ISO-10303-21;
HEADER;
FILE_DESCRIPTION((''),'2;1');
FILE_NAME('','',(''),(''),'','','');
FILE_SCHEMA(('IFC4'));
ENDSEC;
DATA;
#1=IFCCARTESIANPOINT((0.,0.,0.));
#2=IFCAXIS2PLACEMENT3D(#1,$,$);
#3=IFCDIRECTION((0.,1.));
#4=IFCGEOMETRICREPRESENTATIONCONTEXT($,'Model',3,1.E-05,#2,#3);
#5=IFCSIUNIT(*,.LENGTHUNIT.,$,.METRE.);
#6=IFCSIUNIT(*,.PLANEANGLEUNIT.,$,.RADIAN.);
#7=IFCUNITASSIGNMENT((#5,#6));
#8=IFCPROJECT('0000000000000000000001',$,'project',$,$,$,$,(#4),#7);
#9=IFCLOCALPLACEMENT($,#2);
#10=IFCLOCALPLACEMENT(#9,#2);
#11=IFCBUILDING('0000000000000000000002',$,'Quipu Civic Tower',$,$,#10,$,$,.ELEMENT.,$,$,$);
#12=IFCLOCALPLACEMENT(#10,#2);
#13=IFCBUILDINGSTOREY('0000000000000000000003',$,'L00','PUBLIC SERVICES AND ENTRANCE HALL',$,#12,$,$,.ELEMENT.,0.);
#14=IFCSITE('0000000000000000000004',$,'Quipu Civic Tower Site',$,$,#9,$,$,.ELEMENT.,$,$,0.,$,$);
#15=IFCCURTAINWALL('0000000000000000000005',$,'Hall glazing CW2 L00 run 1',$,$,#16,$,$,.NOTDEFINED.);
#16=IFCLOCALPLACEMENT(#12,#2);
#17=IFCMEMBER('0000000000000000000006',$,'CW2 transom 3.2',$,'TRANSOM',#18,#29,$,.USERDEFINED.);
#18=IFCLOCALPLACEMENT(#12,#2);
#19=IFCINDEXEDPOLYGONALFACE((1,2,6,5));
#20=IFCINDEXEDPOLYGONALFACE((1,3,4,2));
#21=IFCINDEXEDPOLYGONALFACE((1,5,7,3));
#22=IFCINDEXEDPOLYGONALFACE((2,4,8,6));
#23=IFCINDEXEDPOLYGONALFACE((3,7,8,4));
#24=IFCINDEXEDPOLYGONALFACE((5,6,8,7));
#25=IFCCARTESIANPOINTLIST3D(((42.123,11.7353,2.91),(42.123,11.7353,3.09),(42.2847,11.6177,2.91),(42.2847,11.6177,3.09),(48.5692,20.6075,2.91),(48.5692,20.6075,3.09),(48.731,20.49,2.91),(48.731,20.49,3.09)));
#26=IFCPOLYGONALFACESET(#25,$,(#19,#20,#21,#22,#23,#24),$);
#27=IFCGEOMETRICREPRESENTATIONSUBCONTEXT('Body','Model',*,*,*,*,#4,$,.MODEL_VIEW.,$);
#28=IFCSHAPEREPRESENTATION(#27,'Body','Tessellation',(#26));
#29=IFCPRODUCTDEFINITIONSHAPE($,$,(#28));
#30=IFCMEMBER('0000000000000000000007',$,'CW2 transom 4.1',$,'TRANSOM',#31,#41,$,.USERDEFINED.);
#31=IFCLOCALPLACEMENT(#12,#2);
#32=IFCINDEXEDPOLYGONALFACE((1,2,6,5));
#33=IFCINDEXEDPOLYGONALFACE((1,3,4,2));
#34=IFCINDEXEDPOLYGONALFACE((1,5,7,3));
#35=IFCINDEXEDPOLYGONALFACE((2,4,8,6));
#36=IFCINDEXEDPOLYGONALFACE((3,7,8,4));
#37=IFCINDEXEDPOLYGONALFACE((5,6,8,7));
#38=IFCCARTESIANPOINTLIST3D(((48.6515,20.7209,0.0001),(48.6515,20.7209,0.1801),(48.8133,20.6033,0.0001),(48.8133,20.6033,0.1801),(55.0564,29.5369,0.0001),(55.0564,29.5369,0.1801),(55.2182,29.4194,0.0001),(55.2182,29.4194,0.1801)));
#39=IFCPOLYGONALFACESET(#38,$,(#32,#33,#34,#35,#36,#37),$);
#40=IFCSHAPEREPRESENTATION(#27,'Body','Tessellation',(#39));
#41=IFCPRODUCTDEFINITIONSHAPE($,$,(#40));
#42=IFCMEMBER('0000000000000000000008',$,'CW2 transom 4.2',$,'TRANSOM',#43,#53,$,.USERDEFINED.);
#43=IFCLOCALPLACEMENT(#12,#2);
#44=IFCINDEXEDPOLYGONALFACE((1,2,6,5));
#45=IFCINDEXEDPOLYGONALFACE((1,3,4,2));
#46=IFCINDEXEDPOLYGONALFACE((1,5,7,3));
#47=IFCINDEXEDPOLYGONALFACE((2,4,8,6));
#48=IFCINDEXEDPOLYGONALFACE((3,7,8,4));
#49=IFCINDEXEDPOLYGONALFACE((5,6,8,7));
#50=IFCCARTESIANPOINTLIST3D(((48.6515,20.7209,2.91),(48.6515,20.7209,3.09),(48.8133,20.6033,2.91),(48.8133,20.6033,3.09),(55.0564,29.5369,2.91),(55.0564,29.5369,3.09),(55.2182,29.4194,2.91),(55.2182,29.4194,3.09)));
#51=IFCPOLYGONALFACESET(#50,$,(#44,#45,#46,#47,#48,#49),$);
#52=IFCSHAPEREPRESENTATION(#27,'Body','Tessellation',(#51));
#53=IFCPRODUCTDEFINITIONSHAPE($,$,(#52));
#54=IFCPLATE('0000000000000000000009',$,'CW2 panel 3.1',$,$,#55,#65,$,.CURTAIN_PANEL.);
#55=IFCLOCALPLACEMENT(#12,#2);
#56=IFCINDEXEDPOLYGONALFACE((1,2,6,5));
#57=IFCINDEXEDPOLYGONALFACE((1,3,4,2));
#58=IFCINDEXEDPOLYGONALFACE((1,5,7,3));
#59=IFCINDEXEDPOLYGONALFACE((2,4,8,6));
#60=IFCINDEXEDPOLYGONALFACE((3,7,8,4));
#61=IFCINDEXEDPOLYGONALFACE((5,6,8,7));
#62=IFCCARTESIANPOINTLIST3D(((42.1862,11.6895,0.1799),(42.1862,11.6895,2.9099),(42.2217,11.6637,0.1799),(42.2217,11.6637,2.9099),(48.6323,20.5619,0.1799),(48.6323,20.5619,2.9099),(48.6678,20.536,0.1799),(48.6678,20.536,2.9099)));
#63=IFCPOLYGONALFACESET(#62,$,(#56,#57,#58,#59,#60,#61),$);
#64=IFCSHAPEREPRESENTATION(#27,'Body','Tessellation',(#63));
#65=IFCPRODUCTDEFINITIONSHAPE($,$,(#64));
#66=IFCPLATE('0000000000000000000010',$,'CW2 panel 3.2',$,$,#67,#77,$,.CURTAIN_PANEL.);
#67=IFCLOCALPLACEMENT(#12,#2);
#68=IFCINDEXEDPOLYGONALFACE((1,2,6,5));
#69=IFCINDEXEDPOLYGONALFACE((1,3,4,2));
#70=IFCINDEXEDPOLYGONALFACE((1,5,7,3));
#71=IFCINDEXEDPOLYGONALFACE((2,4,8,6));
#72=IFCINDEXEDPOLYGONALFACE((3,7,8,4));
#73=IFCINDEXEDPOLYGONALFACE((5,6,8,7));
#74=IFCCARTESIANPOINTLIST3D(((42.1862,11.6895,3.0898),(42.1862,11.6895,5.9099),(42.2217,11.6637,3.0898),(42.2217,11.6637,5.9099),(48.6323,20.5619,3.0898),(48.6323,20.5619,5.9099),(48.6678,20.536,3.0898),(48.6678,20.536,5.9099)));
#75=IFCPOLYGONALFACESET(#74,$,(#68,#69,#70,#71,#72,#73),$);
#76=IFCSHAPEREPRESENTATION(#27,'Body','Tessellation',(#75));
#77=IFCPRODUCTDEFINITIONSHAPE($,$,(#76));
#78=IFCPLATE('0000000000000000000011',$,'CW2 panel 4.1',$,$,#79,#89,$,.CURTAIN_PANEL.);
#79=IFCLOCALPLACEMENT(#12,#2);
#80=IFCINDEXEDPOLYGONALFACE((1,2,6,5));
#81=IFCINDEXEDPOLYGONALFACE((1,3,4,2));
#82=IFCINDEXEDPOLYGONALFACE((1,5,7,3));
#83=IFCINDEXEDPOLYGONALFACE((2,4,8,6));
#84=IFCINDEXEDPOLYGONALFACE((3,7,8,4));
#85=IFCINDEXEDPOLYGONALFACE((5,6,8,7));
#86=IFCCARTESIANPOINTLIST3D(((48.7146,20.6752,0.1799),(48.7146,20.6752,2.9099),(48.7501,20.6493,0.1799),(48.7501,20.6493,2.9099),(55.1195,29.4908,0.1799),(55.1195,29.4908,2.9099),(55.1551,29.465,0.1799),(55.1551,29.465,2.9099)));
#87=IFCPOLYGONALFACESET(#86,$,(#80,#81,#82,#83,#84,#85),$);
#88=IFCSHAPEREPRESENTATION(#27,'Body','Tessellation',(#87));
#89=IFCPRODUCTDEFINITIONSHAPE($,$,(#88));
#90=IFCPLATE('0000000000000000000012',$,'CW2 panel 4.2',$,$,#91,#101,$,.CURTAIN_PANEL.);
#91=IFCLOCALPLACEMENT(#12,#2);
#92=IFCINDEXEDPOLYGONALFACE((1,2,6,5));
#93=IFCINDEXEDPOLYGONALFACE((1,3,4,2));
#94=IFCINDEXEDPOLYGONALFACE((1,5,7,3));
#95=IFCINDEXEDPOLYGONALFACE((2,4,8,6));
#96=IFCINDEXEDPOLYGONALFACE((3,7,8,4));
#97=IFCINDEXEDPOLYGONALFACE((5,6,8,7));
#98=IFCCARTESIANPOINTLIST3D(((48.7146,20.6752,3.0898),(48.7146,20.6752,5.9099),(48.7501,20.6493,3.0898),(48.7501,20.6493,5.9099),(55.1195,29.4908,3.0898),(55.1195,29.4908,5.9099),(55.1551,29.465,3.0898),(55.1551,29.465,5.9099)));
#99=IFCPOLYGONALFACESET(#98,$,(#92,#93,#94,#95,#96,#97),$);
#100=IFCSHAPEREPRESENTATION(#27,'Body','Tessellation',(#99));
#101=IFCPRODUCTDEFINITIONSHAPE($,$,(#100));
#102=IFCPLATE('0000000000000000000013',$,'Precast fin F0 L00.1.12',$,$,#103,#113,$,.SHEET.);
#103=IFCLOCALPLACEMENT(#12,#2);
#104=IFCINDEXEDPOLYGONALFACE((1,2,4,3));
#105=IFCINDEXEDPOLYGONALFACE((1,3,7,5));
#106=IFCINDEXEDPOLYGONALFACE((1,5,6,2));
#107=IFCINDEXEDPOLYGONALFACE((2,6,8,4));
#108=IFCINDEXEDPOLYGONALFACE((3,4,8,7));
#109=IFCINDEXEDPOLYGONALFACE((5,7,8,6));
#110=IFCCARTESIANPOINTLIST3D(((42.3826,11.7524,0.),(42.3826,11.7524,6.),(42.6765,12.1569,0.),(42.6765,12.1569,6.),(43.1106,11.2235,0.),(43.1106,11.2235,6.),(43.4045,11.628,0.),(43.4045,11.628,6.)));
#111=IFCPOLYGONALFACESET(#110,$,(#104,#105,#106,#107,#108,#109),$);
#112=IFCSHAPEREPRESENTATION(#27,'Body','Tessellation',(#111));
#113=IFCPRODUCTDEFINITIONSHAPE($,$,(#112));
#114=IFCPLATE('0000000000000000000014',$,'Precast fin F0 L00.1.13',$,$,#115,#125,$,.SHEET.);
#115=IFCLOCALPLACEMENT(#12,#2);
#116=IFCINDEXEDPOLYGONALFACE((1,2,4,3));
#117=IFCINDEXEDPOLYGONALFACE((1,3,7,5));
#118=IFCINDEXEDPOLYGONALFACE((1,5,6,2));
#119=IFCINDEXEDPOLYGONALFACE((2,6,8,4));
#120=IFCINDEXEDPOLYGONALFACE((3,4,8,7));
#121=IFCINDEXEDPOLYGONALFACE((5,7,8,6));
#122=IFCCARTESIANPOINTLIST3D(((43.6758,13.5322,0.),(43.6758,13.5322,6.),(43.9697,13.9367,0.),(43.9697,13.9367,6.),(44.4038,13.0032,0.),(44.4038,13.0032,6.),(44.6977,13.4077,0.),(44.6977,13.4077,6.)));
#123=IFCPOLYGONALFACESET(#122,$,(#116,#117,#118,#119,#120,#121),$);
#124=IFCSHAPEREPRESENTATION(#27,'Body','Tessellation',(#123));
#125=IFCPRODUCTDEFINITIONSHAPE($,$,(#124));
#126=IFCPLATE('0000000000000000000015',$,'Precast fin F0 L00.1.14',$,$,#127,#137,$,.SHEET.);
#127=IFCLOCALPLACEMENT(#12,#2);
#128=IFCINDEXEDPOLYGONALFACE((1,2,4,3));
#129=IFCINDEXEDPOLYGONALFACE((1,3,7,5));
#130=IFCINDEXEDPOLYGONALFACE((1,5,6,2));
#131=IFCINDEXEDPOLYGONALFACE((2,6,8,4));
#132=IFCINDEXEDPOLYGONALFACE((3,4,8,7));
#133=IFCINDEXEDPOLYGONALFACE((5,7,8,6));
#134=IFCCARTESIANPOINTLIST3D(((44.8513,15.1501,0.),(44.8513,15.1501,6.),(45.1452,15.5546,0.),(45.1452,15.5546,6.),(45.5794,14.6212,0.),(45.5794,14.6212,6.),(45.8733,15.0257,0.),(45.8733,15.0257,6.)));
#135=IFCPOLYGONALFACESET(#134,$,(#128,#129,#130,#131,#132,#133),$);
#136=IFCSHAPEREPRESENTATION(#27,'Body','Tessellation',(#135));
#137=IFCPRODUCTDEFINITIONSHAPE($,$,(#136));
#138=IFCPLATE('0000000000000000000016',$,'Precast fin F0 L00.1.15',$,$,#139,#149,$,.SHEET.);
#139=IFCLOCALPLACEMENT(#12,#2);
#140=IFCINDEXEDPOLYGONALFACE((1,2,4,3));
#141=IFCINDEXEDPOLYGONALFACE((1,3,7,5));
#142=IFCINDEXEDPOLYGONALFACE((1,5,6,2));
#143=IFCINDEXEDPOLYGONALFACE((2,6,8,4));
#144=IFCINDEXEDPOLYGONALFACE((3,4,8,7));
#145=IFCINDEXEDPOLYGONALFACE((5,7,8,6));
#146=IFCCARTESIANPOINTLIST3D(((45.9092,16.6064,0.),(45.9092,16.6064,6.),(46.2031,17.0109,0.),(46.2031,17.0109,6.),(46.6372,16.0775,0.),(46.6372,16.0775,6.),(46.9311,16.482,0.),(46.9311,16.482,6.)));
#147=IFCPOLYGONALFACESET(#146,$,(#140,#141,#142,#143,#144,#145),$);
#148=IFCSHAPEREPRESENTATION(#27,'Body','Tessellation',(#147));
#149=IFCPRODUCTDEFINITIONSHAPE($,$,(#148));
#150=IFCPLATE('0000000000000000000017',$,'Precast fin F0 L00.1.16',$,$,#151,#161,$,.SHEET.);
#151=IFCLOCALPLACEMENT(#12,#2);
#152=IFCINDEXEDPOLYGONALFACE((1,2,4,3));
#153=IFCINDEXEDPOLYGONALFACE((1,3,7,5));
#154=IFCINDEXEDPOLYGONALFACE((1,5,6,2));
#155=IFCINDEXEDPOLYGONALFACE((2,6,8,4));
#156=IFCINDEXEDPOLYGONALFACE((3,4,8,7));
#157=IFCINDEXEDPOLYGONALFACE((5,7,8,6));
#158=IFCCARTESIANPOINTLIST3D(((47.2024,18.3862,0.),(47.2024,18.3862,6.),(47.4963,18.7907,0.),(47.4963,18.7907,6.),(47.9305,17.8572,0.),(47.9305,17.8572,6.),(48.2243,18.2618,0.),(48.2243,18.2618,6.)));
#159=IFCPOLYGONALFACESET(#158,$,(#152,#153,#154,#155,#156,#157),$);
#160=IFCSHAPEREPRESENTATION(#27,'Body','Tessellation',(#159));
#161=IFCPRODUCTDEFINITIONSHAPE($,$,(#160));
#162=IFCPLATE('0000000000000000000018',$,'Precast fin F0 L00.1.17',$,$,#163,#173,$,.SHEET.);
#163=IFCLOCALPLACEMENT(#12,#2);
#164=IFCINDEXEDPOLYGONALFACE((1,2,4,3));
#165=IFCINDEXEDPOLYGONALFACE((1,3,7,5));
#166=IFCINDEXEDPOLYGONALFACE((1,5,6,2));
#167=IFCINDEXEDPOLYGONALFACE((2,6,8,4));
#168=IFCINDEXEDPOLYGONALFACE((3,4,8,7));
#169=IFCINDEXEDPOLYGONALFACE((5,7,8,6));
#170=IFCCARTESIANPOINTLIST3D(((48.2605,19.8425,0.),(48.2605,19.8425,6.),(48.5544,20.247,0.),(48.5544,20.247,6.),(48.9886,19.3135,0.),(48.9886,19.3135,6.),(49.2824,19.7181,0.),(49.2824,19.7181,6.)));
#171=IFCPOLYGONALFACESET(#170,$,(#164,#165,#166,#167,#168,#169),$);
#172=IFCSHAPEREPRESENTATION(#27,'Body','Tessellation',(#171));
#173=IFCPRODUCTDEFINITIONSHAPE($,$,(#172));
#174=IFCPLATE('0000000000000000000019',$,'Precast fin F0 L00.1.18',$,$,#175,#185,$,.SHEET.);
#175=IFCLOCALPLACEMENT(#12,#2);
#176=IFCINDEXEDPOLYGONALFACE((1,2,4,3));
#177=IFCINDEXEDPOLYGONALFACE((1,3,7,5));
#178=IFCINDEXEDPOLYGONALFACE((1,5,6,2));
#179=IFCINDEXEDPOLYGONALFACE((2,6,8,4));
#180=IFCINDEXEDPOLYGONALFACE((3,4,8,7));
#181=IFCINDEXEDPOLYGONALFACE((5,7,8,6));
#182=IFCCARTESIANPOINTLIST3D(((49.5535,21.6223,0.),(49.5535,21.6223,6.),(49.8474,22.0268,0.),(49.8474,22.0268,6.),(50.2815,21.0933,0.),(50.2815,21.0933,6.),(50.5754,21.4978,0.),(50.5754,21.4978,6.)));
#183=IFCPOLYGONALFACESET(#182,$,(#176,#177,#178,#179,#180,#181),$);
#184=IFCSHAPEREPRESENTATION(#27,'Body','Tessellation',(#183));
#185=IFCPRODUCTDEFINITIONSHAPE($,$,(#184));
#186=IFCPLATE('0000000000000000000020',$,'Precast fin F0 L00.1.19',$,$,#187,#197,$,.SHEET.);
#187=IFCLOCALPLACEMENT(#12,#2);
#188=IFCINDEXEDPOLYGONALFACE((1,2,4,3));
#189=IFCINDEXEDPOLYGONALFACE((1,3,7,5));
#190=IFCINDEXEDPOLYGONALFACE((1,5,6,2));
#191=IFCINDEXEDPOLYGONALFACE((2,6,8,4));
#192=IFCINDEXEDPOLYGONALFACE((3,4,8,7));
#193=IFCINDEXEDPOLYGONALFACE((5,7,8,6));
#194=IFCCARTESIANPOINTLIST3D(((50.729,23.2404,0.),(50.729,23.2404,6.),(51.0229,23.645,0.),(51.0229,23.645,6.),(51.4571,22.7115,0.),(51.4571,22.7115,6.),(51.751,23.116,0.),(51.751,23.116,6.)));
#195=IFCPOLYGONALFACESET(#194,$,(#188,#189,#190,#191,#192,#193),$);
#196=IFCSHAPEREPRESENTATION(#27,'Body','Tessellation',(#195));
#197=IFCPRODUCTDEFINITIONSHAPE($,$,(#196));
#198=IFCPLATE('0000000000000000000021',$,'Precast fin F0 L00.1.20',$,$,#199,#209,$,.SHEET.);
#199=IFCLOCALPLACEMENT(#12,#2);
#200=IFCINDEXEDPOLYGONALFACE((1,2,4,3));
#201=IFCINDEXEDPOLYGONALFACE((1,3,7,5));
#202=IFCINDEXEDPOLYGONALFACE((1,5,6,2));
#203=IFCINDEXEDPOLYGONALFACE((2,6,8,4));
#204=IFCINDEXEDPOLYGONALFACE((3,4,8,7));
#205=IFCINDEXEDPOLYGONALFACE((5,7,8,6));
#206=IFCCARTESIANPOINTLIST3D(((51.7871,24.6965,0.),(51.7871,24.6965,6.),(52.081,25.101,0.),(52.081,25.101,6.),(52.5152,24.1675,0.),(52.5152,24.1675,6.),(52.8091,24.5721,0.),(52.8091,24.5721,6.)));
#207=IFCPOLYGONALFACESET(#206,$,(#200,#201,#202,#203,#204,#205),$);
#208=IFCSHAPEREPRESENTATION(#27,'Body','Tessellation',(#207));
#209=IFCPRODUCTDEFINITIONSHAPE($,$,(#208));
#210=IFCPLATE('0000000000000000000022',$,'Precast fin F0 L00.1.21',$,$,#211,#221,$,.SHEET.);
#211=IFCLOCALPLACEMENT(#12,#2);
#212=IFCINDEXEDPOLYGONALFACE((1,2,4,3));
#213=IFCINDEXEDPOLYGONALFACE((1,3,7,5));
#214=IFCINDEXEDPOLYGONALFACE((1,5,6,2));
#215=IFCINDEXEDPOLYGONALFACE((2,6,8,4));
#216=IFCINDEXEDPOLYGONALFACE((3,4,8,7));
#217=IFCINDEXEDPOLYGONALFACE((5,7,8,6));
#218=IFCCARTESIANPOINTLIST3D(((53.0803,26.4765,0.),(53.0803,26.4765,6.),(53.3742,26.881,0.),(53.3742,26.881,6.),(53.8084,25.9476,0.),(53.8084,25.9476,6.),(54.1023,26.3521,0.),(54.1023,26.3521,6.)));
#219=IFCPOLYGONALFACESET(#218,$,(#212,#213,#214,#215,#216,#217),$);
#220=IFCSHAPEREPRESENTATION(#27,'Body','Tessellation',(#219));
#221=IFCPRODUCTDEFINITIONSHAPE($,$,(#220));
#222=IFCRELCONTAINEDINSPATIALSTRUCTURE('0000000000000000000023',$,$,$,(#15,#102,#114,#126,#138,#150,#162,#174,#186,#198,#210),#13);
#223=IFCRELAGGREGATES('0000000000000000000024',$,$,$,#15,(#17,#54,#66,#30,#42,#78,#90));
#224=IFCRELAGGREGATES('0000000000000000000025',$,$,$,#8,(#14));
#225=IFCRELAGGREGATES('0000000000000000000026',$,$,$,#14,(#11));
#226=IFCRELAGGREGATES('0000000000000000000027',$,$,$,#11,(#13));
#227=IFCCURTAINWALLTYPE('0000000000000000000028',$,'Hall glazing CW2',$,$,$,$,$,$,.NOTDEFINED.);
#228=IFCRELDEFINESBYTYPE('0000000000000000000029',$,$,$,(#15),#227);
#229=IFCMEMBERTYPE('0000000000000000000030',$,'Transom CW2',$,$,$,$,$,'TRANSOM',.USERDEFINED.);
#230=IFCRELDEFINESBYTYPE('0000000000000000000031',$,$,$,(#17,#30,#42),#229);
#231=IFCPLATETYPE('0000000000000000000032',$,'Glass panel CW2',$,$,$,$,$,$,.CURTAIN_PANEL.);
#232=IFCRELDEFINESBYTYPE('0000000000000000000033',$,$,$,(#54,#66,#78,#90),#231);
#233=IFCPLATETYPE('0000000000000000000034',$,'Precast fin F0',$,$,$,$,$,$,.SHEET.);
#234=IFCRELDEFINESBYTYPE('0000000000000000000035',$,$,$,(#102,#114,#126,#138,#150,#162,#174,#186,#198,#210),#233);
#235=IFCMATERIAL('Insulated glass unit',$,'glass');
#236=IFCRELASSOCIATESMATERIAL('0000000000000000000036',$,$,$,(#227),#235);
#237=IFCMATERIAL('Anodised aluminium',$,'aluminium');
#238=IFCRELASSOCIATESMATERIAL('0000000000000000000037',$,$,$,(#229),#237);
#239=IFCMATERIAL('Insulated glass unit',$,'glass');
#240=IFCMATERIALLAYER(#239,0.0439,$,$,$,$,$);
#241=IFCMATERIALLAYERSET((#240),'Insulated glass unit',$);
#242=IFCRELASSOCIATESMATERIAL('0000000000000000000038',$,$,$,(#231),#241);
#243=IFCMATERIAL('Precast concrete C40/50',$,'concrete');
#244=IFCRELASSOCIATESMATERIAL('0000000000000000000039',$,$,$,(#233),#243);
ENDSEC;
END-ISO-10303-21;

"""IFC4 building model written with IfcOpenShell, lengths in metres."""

from ifc_helpers import new_model, si_unit, direction, frame, origin, origin_2d, place, context, subcontext, project, spatial, rectangle, extrude, material, layer, layer_set, material_profile, profile_set, type_object, element, aggregate, save


model = new_model("IFC4")

# Units and contexts
model_context = context("Model", 3, precision=1e-05, world=origin(), true_north=direction((0.0, 1.0)))
body_context = subcontext(model_context, "Body", "Model", "MODEL_VIEW")
ifc_project = project(units=[si_unit("LENGTHUNIT", "METRE"), si_unit("PLANEANGLEUNIT", "RADIAN")], contexts=[model_context])

# Site, building, storey
site_placement = place(None, origin())
site = spatial("IfcSite", under=ifc_project, at=site_placement, Name="Quipu Civic Tower Site", CompositionType="ELEMENT", RefElevation=0.0)
building_placement = place(site_placement, origin())
building = spatial("IfcBuilding", under=site, at=building_placement, Name="Quipu Civic Tower", CompositionType="ELEMENT")
storey_placement = place(building_placement, origin())
storey = spatial("IfcBuildingStorey", under=building, at=storey_placement, Name="L00", Description="PUBLIC SERVICES AND ENTRANCE HALL", CompositionType="ELEMENT", Elevation=0.0)

# Curtain wall
ifc_material_1 = material(Name="Insulated glass unit", Category="glass")
curtain_wall_type = type_object("IfcCurtainWallType", Name="Hall glazing CW2", PredefinedType="NOTDEFINED", material=ifc_material_1)
curtain_wall_placement = place(storey_placement, origin())
curtain_wall = element("IfcCurtainWall", 1, at=curtain_wall_placement, inside=storey, type_object=curtain_wall_type, Name="Hall glazing CW2 L00 run 1", PredefinedType="NOTDEFINED")

# Members
ifc_material_2 = material(Name="Anodised aluminium", Category="aluminium")
ifc_material_profile_1 = material_profile(ifc_material_2, rectangle(XDim=0.2, YDim=0.1799, at=origin_2d()), Name="RECT 200x180")
ifc_profile_set_1 = profile_set([ifc_material_profile_1], Name="Anodised aluminium")
member_type_1 = type_object("IfcMemberType", Name="Transom CW2", ElementType="TRANSOM", PredefinedType="USERDEFINED", material=ifc_profile_set_1)
member_1_placement = place(storey_placement, frame((42.2039, 11.6765, 3.0), z_axis=(0.587796, 0.809009, 0.0), x_axis=(-0.809009, 0.587796, 0.0)))
member_1 = element("IfcMember", 2, at=member_1_placement, type_object=member_type_1, Name="CW2 transom 3.2", ObjectType="TRANSOM", PredefinedType="USERDEFINED", context=body_context, shape_type="SweptSolid", body=[
    extrude(rectangle(XDim=0.2, YDim=0.1799, at=origin_2d()), origin(), (0.0, 0.0, 1.0), 10.9668),
])
member_2_placement = place(storey_placement, frame((48.7324, 20.6621, 0.0901), z_axis=(0.587764, 0.809032, 0.0), x_axis=(-0.809032, 0.587764, 0.0)))
member_2 = element("IfcMember", 3, at=member_2_placement, type_object=member_type_1, Name="CW2 transom 4.1", ObjectType="TRANSOM", PredefinedType="USERDEFINED", context=body_context, shape_type="SweptSolid", body=[
    extrude(rectangle(XDim=0.2, YDim=0.1799, at=origin_2d()), origin(), (0.0, 0.0, 1.0), 10.897),
])
member_3_placement = place(storey_placement, frame((48.7324, 20.6621, 3.0), z_axis=(0.587764, 0.809032, 0.0), x_axis=(-0.809032, 0.587764, 0.0)))
member_3 = element("IfcMember", 4, at=member_3_placement, type_object=member_type_1, Name="CW2 transom 4.2", ObjectType="TRANSOM", PredefinedType="USERDEFINED", context=body_context, shape_type="SweptSolid", body=[
    extrude(rectangle(XDim=0.2, YDim=0.1799, at=origin_2d()), origin(), (0.0, 0.0, 1.0), 10.897),
])

# Plates
ifc_material_3 = material(Name="Insulated glass unit", Category="glass")
ifc_layer_1 = layer(ifc_material_3, 0.0439)
ifc_layer_set_1 = layer_set([ifc_layer_1], Name="Insulated glass unit")
plate_type_1 = type_object("IfcPlateType", Name="Glass panel CW2", PredefinedType="CURTAIN_PANEL", material=ifc_layer_set_1)
plate_1_placement = place(storey_placement, frame((45.427, 16.1128, 0.1799), z_axis=(0.0, 0.0, 1.0), x_axis=(0.587784, 0.809018, 0.0)))
plate_1 = element("IfcPlate", 5, at=plate_1_placement, type_object=plate_type_1, Name="CW2 panel 3.1", PredefinedType="CURTAIN_PANEL", context=body_context, shape_type="SweptSolid", body=[
    extrude(rectangle(XDim=10.9668, YDim=0.0439, at=origin_2d()), origin(), (0.0, 0.0, 1.0), 2.73),
])
plate_2_placement = place(storey_placement, frame((45.427, 16.1128, 3.0898), z_axis=(0.0, 0.0, 1.0), x_axis=(0.587784, 0.809018, 0.0)))
plate_2 = element("IfcPlate", 6, at=plate_2_placement, type_object=plate_type_1, Name="CW2 panel 3.2", PredefinedType="CURTAIN_PANEL", context=body_context, shape_type="SweptSolid", body=[
    extrude(rectangle(XDim=10.9668, YDim=0.0439, at=origin_2d()), origin(), (0.0, 0.0, 1.0), 2.8201),
])
plate_3_placement = place(storey_placement, frame((51.9348, 25.0701, 0.1799), z_axis=(0.0, 0.0, 1.0), x_axis=(0.587784, 0.809018, 0.0)))
plate_3 = element("IfcPlate", 7, at=plate_3_placement, type_object=plate_type_1, Name="CW2 panel 4.1", PredefinedType="CURTAIN_PANEL", context=body_context, shape_type="SweptSolid", body=[
    extrude(rectangle(XDim=10.8967, YDim=0.0439, at=origin_2d()), origin(), (0.0, 0.0, 1.0), 2.73),
])
plate_4_placement = place(storey_placement, frame((51.9348, 25.0701, 3.0898), z_axis=(0.0, 0.0, 1.0), x_axis=(0.587784, 0.809018, 0.0)))
plate_4 = element("IfcPlate", 8, at=plate_4_placement, type_object=plate_type_1, Name="CW2 panel 4.2", PredefinedType="CURTAIN_PANEL", context=body_context, shape_type="SweptSolid", body=[
    extrude(rectangle(XDim=10.8967, YDim=0.0439, at=origin_2d()), origin(), (0.0, 0.0, 1.0), 2.8201),
])
aggregate(curtain_wall, [member_1, plate_1, plate_2, member_2, member_3, plate_3, plate_4])

# Plates
ifc_material_4 = material(Name="Precast concrete C40/50", Category="concrete")
plate_type_2 = type_object("IfcPlateType", Name="Precast fin F0", PredefinedType="SHEET", material=ifc_material_4)
for number, where, z_axis, x_axis, name in (
    (9, (42.8936, 11.6902, 0.0), (0.0, 0.0, 1.0), (0.587786, 0.809017, 0.0), "Precast fin F0 L00.1.12"),
    (10, (44.1868, 13.47, 0.0), (0.0, 0.0, 1.0), (0.587786, 0.809017, 0.0), "Precast fin F0 L00.1.13"),
    (11, (45.3623, 15.0879, 0.0), (0.0, 0.0, 1.0), (0.587786, 0.809017, 0.0), "Precast fin F0 L00.1.14"),
    (12, (46.4202, 16.5442, 0.0), (0.0, 0.0, 1.0), (0.587786, 0.809017, 0.0), "Precast fin F0 L00.1.15"),
    (13, (47.7134, 18.324, 0.0), (0.0, 0.0, 1.0), (0.587786, 0.809017, 0.0), "Precast fin F0 L00.1.16"),
    (14, (48.7715, 19.7803, 0.0), (0.0, 0.0, 1.0), (0.587786, 0.809017, 0.0), "Precast fin F0 L00.1.17"),
    (15, (50.0645, 21.5601, 0.0), (0.0, 0.0, 1.0), (0.587786, 0.809017, 0.0), "Precast fin F0 L00.1.18"),
    (16, (51.24, 23.1782, 0.0), (0.0, 0.0, 1.0), (0.587786, 0.809017, 0.0), "Precast fin F0 L00.1.19"),
    (17, (52.2981, 24.6343, 0.0), (0.0, 0.0, 1.0), (0.587786, 0.809017, 0.0), "Precast fin F0 L00.1.20"),
    (18, (53.5913, 26.4143, 0.0), (0.0, 0.0, 1.0), (0.587786, 0.809017, 0.0), "Precast fin F0 L00.1.21"),
):
    element("IfcPlate", number, at=place(storey_placement, frame(where, z_axis=z_axis, x_axis=x_axis)), inside=storey, type_object=plate_type_2, Name=name, PredefinedType="SHEET", context=body_context, shape_type="SweptSolid", body=[
        extrude(rectangle(XDim=0.5, YDim=0.8999, at=origin_2d()), origin(), (0.0, 0.0, 1.0), 6.0),
    ])

save(model, "model.ifc")
